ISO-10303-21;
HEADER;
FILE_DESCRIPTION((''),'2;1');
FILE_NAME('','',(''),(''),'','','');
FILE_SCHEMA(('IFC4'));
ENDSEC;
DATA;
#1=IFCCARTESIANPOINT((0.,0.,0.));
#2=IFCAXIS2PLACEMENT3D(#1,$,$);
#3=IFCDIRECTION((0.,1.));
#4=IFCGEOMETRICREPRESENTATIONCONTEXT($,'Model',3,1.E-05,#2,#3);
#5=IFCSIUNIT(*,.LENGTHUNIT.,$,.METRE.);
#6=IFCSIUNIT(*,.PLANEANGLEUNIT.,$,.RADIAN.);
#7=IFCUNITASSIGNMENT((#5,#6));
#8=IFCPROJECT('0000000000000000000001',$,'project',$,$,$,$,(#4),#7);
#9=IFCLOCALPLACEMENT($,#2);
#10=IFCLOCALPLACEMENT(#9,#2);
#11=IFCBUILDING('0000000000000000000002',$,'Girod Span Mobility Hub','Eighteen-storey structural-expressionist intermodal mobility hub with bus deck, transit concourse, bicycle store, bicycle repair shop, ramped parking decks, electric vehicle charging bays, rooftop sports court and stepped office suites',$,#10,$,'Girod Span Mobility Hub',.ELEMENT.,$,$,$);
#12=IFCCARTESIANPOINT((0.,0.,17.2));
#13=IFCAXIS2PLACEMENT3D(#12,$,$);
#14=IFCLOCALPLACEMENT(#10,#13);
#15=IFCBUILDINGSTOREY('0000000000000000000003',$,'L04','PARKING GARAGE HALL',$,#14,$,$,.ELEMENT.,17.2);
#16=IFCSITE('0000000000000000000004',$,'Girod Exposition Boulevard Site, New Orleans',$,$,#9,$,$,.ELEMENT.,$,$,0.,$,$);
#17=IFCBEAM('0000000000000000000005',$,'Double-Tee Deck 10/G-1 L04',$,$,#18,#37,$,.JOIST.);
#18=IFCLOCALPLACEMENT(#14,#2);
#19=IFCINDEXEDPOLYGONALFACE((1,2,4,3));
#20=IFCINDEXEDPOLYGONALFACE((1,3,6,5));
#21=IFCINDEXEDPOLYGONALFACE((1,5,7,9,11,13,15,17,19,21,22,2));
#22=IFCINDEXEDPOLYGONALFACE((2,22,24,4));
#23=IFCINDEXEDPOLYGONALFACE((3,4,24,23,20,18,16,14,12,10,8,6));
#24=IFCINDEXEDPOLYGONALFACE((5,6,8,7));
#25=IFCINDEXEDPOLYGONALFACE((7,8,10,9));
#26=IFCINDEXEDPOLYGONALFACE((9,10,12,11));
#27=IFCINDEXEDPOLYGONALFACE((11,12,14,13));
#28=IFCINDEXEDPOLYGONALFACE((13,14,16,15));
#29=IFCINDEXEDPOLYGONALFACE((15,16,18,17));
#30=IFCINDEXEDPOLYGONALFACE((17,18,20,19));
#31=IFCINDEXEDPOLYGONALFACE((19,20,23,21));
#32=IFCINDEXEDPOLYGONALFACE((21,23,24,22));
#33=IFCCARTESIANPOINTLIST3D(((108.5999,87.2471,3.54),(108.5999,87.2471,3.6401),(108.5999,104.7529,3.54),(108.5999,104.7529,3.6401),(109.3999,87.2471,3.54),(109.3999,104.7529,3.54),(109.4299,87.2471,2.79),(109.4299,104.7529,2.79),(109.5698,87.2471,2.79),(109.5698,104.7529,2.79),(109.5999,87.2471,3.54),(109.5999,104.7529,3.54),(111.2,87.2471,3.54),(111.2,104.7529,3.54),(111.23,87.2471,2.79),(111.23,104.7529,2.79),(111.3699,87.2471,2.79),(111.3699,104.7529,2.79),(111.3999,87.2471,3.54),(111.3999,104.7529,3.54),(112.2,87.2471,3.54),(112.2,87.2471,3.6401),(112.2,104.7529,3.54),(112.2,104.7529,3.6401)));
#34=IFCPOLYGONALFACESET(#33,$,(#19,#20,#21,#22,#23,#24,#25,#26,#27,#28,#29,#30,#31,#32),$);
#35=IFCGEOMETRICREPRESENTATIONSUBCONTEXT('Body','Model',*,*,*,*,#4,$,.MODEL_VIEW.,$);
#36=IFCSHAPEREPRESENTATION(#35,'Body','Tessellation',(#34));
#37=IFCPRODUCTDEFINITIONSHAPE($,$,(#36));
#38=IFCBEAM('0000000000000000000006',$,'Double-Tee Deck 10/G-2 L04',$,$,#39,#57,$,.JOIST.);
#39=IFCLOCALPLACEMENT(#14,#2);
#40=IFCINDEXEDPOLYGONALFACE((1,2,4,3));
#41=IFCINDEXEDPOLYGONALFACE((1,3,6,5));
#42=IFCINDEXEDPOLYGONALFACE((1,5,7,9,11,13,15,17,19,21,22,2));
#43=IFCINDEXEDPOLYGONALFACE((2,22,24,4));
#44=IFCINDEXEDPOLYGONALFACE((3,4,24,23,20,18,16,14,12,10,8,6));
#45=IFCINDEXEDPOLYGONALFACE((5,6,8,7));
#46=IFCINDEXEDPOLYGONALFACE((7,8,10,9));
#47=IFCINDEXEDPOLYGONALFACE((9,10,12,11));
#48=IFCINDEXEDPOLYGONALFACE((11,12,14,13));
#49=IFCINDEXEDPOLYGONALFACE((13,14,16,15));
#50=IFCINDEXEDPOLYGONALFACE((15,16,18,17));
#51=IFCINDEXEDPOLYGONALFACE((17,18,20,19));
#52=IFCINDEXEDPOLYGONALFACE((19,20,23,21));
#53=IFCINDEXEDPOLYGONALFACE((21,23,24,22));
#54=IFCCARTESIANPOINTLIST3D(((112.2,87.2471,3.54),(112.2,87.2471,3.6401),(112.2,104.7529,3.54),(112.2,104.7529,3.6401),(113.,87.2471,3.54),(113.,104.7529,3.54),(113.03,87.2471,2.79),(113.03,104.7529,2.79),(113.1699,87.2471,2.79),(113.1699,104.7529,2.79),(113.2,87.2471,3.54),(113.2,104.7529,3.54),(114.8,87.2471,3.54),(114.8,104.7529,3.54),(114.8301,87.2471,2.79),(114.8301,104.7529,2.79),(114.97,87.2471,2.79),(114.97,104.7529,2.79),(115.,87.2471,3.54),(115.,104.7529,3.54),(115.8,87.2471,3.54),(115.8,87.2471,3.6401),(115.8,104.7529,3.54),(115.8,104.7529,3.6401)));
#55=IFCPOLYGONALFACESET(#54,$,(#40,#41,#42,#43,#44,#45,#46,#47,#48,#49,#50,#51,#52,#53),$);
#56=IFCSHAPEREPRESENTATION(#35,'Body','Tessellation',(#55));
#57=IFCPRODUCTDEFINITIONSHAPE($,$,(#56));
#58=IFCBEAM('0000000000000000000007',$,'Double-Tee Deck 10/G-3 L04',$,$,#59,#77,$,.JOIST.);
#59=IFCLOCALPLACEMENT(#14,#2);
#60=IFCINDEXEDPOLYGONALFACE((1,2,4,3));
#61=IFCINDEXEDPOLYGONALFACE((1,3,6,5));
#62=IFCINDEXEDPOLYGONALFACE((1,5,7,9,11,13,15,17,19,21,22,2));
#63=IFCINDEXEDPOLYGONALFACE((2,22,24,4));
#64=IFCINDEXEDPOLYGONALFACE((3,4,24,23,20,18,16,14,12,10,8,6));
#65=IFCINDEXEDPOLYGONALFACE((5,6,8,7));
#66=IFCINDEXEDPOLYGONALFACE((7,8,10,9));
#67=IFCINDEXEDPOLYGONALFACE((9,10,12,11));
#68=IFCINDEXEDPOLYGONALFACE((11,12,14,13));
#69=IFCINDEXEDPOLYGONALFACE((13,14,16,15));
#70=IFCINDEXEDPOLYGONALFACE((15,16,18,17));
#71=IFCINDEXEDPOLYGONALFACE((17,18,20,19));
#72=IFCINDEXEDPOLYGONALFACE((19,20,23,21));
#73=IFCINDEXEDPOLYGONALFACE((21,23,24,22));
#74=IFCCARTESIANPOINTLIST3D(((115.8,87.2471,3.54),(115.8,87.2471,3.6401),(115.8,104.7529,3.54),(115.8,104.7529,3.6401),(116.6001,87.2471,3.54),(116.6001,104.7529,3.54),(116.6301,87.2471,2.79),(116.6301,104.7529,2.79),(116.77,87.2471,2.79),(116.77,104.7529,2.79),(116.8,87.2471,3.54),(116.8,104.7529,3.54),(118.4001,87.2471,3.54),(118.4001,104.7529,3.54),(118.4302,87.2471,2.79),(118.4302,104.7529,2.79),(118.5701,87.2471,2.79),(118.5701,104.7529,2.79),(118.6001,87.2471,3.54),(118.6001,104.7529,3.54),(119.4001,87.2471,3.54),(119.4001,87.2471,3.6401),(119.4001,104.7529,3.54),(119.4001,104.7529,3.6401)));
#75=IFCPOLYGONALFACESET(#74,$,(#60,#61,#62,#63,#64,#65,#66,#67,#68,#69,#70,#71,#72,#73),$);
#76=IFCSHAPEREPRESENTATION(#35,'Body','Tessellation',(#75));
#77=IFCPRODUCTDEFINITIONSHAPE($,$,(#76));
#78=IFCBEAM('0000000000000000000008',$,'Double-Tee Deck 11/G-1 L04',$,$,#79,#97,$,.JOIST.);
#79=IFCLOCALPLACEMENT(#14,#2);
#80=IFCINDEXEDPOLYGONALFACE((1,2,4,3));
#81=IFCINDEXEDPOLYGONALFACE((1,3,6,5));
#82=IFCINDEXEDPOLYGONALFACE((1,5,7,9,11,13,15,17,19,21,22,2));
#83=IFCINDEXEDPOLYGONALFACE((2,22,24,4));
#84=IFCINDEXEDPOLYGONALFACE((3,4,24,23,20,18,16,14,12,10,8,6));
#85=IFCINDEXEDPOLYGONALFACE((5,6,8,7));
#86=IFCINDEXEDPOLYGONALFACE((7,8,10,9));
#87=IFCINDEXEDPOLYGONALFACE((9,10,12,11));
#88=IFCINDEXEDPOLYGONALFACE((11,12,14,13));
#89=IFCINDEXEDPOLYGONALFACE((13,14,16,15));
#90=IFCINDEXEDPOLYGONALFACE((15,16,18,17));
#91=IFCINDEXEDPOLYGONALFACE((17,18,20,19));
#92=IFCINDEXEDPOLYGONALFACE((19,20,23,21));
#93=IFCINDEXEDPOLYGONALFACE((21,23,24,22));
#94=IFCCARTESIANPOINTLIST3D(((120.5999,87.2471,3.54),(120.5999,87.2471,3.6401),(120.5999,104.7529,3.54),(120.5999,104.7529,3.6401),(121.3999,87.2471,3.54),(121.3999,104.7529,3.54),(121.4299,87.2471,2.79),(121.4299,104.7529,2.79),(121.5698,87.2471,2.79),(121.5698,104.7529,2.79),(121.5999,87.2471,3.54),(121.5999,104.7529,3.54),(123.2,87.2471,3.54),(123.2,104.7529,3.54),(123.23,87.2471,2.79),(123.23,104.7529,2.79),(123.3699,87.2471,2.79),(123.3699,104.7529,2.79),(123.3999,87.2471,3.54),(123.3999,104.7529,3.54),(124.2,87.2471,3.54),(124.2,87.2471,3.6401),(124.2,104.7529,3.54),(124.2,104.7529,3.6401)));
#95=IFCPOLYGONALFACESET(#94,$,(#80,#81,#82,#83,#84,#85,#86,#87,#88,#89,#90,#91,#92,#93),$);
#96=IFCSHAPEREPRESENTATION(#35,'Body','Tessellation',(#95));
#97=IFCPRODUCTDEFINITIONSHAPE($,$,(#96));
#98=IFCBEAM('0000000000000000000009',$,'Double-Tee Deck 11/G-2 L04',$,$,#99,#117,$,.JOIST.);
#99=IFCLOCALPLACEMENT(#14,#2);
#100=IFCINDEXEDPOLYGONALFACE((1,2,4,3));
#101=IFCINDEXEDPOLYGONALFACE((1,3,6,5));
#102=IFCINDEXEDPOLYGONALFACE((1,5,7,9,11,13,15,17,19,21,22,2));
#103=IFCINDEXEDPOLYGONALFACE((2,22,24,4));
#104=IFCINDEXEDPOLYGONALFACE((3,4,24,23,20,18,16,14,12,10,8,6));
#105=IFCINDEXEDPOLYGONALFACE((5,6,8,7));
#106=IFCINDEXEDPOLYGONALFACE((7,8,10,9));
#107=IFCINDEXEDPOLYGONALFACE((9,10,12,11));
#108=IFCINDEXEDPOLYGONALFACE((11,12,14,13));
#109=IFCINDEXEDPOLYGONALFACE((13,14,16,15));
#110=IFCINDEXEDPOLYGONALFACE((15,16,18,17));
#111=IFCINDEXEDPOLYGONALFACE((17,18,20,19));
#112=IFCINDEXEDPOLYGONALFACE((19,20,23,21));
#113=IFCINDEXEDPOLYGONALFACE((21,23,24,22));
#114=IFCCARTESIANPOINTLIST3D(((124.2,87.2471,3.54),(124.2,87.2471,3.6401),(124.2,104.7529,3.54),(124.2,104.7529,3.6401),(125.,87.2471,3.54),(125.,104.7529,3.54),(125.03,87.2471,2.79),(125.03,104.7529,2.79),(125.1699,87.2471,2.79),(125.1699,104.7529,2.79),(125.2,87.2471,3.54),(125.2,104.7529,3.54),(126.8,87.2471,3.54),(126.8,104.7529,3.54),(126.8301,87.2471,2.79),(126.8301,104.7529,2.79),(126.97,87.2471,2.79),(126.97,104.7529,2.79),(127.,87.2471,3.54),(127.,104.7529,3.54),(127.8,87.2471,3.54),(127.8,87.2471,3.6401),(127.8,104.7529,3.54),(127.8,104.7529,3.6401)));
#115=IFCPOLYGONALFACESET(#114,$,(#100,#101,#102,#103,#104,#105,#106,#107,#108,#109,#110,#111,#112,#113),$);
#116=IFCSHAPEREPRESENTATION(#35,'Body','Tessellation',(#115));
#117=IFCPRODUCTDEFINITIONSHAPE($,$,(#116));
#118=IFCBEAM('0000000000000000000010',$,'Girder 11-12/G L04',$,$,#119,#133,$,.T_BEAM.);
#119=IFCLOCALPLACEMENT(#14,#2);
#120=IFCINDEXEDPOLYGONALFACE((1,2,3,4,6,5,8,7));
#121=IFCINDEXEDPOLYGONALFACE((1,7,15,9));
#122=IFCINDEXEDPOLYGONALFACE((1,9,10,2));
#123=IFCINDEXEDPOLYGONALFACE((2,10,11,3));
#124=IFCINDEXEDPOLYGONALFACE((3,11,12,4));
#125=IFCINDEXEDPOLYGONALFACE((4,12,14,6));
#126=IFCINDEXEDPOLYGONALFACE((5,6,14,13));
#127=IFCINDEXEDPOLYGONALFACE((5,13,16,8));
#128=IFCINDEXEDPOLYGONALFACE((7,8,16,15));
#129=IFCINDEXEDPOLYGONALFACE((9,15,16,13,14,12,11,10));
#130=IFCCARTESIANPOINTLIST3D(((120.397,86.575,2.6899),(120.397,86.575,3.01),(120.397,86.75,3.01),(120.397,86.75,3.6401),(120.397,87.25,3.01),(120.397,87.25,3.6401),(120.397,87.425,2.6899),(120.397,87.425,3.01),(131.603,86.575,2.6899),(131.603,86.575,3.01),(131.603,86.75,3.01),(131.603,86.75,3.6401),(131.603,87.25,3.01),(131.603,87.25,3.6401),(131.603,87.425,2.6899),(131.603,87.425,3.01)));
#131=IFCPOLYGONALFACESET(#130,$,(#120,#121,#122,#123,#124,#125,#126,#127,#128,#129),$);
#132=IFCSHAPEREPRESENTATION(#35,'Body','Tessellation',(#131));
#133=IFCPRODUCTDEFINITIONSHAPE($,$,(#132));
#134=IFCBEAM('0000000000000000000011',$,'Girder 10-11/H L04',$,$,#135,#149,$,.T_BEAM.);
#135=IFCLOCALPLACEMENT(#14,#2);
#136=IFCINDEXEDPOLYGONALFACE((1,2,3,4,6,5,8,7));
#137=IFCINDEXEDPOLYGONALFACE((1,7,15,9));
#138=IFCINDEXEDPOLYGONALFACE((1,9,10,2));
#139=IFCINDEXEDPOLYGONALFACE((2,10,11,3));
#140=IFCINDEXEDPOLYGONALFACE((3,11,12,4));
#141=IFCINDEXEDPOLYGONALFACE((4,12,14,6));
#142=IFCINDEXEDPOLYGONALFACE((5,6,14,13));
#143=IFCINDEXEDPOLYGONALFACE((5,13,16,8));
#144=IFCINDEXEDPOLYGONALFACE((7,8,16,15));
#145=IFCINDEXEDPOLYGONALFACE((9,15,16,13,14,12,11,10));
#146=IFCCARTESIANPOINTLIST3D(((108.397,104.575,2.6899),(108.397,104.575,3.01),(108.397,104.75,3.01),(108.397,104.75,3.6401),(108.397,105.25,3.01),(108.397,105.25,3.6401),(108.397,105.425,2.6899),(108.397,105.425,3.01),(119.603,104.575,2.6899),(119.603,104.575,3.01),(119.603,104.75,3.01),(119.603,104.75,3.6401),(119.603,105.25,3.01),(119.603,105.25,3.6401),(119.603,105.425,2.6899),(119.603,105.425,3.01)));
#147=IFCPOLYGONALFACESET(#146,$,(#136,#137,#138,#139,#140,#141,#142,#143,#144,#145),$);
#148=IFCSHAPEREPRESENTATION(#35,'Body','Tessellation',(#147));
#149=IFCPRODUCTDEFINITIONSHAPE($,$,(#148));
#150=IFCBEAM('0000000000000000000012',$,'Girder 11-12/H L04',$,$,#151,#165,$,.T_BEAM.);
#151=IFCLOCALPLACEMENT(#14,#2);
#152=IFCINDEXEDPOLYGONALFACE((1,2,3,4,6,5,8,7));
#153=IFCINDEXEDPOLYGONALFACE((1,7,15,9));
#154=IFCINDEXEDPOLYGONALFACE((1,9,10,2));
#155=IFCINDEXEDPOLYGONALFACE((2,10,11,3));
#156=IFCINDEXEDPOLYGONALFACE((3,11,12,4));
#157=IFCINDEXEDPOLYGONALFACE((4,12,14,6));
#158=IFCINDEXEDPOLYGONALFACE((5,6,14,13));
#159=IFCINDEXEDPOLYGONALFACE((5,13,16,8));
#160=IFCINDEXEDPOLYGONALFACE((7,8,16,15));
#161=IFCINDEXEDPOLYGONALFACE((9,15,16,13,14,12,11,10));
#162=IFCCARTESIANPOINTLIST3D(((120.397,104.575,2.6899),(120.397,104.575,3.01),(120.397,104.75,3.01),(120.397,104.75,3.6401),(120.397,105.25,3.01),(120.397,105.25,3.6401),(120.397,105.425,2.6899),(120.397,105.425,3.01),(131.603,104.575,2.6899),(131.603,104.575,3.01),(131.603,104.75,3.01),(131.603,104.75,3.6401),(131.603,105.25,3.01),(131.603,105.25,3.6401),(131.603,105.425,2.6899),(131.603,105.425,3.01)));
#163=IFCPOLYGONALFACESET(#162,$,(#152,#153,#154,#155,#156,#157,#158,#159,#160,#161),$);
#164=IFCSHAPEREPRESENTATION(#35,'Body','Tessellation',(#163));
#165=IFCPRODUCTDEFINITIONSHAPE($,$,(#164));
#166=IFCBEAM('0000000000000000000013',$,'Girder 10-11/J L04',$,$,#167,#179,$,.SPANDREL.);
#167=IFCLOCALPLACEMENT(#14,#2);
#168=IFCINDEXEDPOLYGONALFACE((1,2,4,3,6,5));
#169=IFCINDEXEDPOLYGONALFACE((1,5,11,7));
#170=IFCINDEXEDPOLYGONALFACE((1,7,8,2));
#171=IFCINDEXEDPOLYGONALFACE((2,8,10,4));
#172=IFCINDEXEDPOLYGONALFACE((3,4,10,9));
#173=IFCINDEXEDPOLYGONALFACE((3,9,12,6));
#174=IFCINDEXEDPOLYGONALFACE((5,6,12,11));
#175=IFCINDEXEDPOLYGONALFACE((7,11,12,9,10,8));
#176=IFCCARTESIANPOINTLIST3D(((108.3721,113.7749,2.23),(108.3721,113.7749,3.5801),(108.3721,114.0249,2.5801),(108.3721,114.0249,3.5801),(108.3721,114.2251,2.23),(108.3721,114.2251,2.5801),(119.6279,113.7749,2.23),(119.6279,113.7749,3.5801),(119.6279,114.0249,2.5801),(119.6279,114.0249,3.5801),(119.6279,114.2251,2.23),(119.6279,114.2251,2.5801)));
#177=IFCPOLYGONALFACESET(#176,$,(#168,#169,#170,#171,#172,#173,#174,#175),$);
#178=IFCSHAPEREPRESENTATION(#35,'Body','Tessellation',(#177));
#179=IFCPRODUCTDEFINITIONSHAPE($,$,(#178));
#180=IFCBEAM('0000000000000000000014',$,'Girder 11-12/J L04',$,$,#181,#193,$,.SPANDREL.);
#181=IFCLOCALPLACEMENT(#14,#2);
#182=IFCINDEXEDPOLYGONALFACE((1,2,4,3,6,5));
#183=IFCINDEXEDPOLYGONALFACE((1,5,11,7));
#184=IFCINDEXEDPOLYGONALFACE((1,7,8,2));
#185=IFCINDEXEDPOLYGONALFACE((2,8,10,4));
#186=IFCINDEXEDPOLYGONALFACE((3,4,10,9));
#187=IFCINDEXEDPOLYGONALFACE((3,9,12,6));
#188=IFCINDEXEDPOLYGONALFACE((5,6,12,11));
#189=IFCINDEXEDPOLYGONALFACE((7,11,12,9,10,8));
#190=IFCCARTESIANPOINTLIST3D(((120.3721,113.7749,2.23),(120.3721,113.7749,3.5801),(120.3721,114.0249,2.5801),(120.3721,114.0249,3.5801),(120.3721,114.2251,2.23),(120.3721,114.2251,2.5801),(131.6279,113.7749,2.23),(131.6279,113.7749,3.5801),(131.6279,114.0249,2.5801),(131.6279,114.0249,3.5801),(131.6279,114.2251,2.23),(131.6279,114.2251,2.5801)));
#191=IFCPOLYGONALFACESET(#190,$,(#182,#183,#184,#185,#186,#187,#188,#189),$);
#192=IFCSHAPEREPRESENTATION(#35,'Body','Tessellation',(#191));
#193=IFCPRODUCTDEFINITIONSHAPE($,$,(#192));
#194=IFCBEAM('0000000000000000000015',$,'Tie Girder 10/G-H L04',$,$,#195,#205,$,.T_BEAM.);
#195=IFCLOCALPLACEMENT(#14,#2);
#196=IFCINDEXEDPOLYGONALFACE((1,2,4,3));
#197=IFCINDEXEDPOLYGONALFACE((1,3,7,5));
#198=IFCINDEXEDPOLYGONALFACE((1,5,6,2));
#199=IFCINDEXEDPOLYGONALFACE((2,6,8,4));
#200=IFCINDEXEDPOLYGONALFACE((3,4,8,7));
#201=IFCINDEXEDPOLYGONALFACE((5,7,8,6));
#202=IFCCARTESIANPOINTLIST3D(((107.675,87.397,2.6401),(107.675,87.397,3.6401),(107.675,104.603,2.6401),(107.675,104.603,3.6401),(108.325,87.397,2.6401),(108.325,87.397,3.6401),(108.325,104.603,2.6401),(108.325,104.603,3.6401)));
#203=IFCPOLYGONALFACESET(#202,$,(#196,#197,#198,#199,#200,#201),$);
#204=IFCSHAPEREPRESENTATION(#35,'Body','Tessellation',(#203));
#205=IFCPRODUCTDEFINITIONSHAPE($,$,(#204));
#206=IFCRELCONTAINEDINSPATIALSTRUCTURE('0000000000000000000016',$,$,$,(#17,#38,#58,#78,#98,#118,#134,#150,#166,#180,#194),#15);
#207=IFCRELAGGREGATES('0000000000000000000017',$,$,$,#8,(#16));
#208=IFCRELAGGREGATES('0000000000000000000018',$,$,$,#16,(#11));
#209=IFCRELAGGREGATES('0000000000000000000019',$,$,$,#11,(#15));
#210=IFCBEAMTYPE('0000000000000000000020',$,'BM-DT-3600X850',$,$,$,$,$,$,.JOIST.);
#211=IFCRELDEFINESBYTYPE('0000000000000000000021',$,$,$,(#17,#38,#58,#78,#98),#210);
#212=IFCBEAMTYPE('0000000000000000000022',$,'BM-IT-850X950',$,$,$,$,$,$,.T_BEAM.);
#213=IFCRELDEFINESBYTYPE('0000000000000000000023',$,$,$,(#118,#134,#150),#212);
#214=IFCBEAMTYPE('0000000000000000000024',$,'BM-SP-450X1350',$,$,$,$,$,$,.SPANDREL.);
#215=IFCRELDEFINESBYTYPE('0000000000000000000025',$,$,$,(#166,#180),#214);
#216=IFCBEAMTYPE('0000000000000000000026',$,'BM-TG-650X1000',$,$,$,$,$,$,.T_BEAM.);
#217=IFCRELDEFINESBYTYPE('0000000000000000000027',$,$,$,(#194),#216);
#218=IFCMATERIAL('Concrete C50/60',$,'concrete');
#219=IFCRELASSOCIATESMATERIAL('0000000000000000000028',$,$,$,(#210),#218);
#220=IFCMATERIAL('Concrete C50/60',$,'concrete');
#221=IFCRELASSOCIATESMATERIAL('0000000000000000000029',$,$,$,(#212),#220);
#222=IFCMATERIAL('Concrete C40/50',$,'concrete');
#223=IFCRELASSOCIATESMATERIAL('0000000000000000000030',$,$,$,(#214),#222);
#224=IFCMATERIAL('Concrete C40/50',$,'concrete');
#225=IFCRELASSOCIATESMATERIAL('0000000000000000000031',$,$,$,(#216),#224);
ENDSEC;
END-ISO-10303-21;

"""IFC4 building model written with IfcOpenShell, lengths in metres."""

from ifc_helpers import new_model, si_unit, direction, frame, origin, origin_2d, place, context, subcontext, project, spatial, polyline, rectangle, outline, extrude, material, material_profile, profile_set, type_object, element, save


model = new_model("IFC4")

# Units and contexts
model_context = context("Model", 3, precision=1e-05, world=origin(), true_north=direction((0.0, 1.0)))
body_context = subcontext(model_context, "Body", "Model", "MODEL_VIEW")
ifc_project = project(units=[si_unit("LENGTHUNIT", "METRE"), si_unit("PLANEANGLEUNIT", "RADIAN")], contexts=[model_context])

# Site, building, storey
site_placement = place(None, origin())
site = spatial("IfcSite", under=ifc_project, at=site_placement, Name="Girod Exposition Boulevard Site, New Orleans", CompositionType="ELEMENT", RefElevation=0.0)
building_placement = place(site_placement, origin())
building = spatial("IfcBuilding", under=site, at=building_placement, Name="Girod Span Mobility Hub", Description="Eighteen-storey structural-expressionist intermodal mobility hub with bus deck, transit concourse, bicycle store, bicycle repair shop, ramped parking decks, electric vehicle charging bays, rooftop sports court and stepped office suites", LongName="Girod Span Mobility Hub", CompositionType="ELEMENT")
storey_placement = place(building_placement, frame((0.0, 0.0, 17.2)))
storey = spatial("IfcBuildingStorey", under=building, at=storey_placement, Name="L04", Description="PARKING GARAGE HALL", CompositionType="ELEMENT", Elevation=17.2)

# Beams
ifc_material_1 = material(Name="Concrete C50/60", Category="concrete")
ifc_material_profile_1 = material_profile(ifc_material_1, outline(polyline([(-1.8, 0.425), (-1.8, 0.325), (-1.0, 0.325), (-0.97, -0.425), (-0.8301, -0.425), (-0.8, 0.325), (0.8, 0.325), (0.8301, -0.425), (0.97, -0.425), (1.0, 0.325), (1.8, 0.325), (1.8, 0.425), (-1.8, 0.425)])), Name="DT-3600X850")
ifc_profile_set_1 = profile_set([ifc_material_profile_1], Name="Concrete C50/60")
beam_type_1 = type_object("IfcBeamType", Name="BM-DT-3600X850", PredefinedType="JOIST", material=ifc_profile_set_1)
for number, where, z_axis, x_axis, name in (
    (1, (110.3999, 87.2471, 3.2151), (0.0, 1.0, 0.0), (-1.0, 0.0, 0.0), "Double-Tee Deck 10/G-1 L04"),
    (2, (114.0, 87.2471, 3.2151), (0.0, 1.0, 0.0), (-1.0, 0.0, 0.0), "Double-Tee Deck 10/G-2 L04"),
    (3, (117.6001, 87.2471, 3.2151), (0.0, 1.0, 0.0), (-1.0, 0.0, 0.0), "Double-Tee Deck 10/G-3 L04"),
    (4, (122.3999, 87.2471, 3.2151), (0.0, 1.0, 0.0), (-1.0, 0.0, 0.0), "Double-Tee Deck 11/G-1 L04"),
    (5, (126.0, 87.2471, 3.2151), (0.0, 1.0, 0.0), (-1.0, 0.0, 0.0), "Double-Tee Deck 11/G-2 L04"),
):
    element("IfcBeam", number, at=place(storey_placement, frame(where, z_axis=z_axis, x_axis=x_axis)), inside=storey, type_object=beam_type_1, Name=name, PredefinedType="JOIST", context=body_context, shape_type="SweptSolid", body=[
        extrude(outline(polyline([(-1.8, 0.425), (-1.8, 0.325), (-1.0, 0.325), (-0.97, -0.425), (-0.8301, -0.425), (-0.8, 0.325), (0.8, 0.325), (0.8301, -0.425), (0.97, -0.425), (1.0, 0.325), (1.8, 0.325), (1.8, 0.425), (-1.8, 0.425)])), origin(), (0.0, 0.0, 1.0), 17.5059),
    ])
ifc_material_2 = material(Name="Concrete C50/60", Category="concrete")
ifc_material_profile_2 = material_profile(ifc_material_2, outline(polyline([(-0.425, -0.4751), (0.425, -0.4751), (0.425, -0.155), (0.25, -0.155), (0.25, 0.4751), (-0.25, 0.4751), (-0.25, -0.155), (-0.425, -0.155), (-0.425, -0.4751)])), Name="IT-850X950")
ifc_profile_set_2 = profile_set([ifc_material_profile_2], Name="Concrete C50/60")
beam_type_2 = type_object("IfcBeamType", Name="BM-IT-850X950", PredefinedType="T_BEAM", material=ifc_profile_set_2)
for number, where, z_axis, x_axis, name in (
    (6, (120.397, 87.0, 3.165), (1.0, 0.0, 0.0), (0.0, 1.0, 0.0), "Girder 11-12/G L04"),
    (7, (108.397, 105.0, 3.165), (1.0, 0.0, 0.0), (0.0, 1.0, 0.0), "Girder 10-11/H L04"),
    (8, (120.397, 105.0, 3.165), (1.0, 0.0, 0.0), (0.0, 1.0, 0.0), "Girder 11-12/H L04"),
):
    element("IfcBeam", number, at=place(storey_placement, frame(where, z_axis=z_axis, x_axis=x_axis)), inside=storey, type_object=beam_type_2, Name=name, PredefinedType="T_BEAM", context=body_context, shape_type="SweptSolid", body=[
        extrude(outline(polyline([(-0.425, -0.4751), (0.425, -0.4751), (0.425, -0.155), (0.25, -0.155), (0.25, 0.4751), (-0.25, 0.4751), (-0.25, -0.155), (-0.425, -0.155), (-0.425, -0.4751)])), origin(), (0.0, 0.0, 1.0), 11.2061),
    ])
ifc_material_3 = material(Name="Concrete C40/50", Category="concrete")
ifc_material_profile_3 = material_profile(ifc_material_3, outline(polyline([(-0.2251, -0.675), (0.2251, -0.675), (0.2251, -0.325), (0.0249, -0.325), (0.0249, 0.675), (-0.2251, 0.675), (-0.2251, -0.675)])), Name="SP-450X1350")
ifc_profile_set_3 = profile_set([ifc_material_profile_3], Name="Concrete C40/50")
beam_type_3 = type_object("IfcBeamType", Name="BM-SP-450X1350", PredefinedType="SPANDREL", material=ifc_profile_set_3)
for number, where, z_axis, x_axis, name in (
    (9, (108.3721, 114.0, 2.905), (1.0, 0.0, 0.0), (0.0, 1.0, 0.0), "Girder 10-11/J L04"),
    (10, (120.3721, 114.0, 2.905), (1.0, 0.0, 0.0), (0.0, 1.0, 0.0), "Girder 11-12/J L04"),
):
    element("IfcBeam", number, at=place(storey_placement, frame(where, z_axis=z_axis, x_axis=x_axis)), inside=storey, type_object=beam_type_3, Name=name, PredefinedType="SPANDREL", context=body_context, shape_type="SweptSolid", body=[
        extrude(outline(polyline([(-0.2251, -0.675), (0.2251, -0.675), (0.2251, -0.325), (0.0249, -0.325), (0.0249, 0.675), (-0.2251, 0.675), (-0.2251, -0.675)])), origin(), (0.0, 0.0, 1.0), 11.2559),
    ])
ifc_material_4 = material(Name="Concrete C40/50", Category="concrete")
ifc_material_profile_4 = material_profile(ifc_material_4, rectangle(XDim=0.6499, YDim=1.0, at=origin_2d()), Name="TG-650X1000")
ifc_profile_set_4 = profile_set([ifc_material_profile_4], Name="Concrete C40/50")
beam_type_4 = type_object("IfcBeamType", Name="BM-TG-650X1000", PredefinedType="T_BEAM", material=ifc_profile_set_4)
beam_1_placement = place(storey_placement, frame((108.0, 87.397, 3.1401), z_axis=(0.0, 1.0, 0.0), x_axis=(-1.0, 0.0, 0.0)))
element("IfcBeam", 11, at=beam_1_placement, inside=storey, type_object=beam_type_4, Name="Tie Girder 10/G-H L04", PredefinedType="T_BEAM", context=body_context, shape_type="SweptSolid", body=[
    extrude(rectangle(XDim=0.6499, YDim=1.0, at=origin_2d()), origin(), (0.0, 0.0, 1.0), 17.2061),
])

save(model, "model.ifc")
